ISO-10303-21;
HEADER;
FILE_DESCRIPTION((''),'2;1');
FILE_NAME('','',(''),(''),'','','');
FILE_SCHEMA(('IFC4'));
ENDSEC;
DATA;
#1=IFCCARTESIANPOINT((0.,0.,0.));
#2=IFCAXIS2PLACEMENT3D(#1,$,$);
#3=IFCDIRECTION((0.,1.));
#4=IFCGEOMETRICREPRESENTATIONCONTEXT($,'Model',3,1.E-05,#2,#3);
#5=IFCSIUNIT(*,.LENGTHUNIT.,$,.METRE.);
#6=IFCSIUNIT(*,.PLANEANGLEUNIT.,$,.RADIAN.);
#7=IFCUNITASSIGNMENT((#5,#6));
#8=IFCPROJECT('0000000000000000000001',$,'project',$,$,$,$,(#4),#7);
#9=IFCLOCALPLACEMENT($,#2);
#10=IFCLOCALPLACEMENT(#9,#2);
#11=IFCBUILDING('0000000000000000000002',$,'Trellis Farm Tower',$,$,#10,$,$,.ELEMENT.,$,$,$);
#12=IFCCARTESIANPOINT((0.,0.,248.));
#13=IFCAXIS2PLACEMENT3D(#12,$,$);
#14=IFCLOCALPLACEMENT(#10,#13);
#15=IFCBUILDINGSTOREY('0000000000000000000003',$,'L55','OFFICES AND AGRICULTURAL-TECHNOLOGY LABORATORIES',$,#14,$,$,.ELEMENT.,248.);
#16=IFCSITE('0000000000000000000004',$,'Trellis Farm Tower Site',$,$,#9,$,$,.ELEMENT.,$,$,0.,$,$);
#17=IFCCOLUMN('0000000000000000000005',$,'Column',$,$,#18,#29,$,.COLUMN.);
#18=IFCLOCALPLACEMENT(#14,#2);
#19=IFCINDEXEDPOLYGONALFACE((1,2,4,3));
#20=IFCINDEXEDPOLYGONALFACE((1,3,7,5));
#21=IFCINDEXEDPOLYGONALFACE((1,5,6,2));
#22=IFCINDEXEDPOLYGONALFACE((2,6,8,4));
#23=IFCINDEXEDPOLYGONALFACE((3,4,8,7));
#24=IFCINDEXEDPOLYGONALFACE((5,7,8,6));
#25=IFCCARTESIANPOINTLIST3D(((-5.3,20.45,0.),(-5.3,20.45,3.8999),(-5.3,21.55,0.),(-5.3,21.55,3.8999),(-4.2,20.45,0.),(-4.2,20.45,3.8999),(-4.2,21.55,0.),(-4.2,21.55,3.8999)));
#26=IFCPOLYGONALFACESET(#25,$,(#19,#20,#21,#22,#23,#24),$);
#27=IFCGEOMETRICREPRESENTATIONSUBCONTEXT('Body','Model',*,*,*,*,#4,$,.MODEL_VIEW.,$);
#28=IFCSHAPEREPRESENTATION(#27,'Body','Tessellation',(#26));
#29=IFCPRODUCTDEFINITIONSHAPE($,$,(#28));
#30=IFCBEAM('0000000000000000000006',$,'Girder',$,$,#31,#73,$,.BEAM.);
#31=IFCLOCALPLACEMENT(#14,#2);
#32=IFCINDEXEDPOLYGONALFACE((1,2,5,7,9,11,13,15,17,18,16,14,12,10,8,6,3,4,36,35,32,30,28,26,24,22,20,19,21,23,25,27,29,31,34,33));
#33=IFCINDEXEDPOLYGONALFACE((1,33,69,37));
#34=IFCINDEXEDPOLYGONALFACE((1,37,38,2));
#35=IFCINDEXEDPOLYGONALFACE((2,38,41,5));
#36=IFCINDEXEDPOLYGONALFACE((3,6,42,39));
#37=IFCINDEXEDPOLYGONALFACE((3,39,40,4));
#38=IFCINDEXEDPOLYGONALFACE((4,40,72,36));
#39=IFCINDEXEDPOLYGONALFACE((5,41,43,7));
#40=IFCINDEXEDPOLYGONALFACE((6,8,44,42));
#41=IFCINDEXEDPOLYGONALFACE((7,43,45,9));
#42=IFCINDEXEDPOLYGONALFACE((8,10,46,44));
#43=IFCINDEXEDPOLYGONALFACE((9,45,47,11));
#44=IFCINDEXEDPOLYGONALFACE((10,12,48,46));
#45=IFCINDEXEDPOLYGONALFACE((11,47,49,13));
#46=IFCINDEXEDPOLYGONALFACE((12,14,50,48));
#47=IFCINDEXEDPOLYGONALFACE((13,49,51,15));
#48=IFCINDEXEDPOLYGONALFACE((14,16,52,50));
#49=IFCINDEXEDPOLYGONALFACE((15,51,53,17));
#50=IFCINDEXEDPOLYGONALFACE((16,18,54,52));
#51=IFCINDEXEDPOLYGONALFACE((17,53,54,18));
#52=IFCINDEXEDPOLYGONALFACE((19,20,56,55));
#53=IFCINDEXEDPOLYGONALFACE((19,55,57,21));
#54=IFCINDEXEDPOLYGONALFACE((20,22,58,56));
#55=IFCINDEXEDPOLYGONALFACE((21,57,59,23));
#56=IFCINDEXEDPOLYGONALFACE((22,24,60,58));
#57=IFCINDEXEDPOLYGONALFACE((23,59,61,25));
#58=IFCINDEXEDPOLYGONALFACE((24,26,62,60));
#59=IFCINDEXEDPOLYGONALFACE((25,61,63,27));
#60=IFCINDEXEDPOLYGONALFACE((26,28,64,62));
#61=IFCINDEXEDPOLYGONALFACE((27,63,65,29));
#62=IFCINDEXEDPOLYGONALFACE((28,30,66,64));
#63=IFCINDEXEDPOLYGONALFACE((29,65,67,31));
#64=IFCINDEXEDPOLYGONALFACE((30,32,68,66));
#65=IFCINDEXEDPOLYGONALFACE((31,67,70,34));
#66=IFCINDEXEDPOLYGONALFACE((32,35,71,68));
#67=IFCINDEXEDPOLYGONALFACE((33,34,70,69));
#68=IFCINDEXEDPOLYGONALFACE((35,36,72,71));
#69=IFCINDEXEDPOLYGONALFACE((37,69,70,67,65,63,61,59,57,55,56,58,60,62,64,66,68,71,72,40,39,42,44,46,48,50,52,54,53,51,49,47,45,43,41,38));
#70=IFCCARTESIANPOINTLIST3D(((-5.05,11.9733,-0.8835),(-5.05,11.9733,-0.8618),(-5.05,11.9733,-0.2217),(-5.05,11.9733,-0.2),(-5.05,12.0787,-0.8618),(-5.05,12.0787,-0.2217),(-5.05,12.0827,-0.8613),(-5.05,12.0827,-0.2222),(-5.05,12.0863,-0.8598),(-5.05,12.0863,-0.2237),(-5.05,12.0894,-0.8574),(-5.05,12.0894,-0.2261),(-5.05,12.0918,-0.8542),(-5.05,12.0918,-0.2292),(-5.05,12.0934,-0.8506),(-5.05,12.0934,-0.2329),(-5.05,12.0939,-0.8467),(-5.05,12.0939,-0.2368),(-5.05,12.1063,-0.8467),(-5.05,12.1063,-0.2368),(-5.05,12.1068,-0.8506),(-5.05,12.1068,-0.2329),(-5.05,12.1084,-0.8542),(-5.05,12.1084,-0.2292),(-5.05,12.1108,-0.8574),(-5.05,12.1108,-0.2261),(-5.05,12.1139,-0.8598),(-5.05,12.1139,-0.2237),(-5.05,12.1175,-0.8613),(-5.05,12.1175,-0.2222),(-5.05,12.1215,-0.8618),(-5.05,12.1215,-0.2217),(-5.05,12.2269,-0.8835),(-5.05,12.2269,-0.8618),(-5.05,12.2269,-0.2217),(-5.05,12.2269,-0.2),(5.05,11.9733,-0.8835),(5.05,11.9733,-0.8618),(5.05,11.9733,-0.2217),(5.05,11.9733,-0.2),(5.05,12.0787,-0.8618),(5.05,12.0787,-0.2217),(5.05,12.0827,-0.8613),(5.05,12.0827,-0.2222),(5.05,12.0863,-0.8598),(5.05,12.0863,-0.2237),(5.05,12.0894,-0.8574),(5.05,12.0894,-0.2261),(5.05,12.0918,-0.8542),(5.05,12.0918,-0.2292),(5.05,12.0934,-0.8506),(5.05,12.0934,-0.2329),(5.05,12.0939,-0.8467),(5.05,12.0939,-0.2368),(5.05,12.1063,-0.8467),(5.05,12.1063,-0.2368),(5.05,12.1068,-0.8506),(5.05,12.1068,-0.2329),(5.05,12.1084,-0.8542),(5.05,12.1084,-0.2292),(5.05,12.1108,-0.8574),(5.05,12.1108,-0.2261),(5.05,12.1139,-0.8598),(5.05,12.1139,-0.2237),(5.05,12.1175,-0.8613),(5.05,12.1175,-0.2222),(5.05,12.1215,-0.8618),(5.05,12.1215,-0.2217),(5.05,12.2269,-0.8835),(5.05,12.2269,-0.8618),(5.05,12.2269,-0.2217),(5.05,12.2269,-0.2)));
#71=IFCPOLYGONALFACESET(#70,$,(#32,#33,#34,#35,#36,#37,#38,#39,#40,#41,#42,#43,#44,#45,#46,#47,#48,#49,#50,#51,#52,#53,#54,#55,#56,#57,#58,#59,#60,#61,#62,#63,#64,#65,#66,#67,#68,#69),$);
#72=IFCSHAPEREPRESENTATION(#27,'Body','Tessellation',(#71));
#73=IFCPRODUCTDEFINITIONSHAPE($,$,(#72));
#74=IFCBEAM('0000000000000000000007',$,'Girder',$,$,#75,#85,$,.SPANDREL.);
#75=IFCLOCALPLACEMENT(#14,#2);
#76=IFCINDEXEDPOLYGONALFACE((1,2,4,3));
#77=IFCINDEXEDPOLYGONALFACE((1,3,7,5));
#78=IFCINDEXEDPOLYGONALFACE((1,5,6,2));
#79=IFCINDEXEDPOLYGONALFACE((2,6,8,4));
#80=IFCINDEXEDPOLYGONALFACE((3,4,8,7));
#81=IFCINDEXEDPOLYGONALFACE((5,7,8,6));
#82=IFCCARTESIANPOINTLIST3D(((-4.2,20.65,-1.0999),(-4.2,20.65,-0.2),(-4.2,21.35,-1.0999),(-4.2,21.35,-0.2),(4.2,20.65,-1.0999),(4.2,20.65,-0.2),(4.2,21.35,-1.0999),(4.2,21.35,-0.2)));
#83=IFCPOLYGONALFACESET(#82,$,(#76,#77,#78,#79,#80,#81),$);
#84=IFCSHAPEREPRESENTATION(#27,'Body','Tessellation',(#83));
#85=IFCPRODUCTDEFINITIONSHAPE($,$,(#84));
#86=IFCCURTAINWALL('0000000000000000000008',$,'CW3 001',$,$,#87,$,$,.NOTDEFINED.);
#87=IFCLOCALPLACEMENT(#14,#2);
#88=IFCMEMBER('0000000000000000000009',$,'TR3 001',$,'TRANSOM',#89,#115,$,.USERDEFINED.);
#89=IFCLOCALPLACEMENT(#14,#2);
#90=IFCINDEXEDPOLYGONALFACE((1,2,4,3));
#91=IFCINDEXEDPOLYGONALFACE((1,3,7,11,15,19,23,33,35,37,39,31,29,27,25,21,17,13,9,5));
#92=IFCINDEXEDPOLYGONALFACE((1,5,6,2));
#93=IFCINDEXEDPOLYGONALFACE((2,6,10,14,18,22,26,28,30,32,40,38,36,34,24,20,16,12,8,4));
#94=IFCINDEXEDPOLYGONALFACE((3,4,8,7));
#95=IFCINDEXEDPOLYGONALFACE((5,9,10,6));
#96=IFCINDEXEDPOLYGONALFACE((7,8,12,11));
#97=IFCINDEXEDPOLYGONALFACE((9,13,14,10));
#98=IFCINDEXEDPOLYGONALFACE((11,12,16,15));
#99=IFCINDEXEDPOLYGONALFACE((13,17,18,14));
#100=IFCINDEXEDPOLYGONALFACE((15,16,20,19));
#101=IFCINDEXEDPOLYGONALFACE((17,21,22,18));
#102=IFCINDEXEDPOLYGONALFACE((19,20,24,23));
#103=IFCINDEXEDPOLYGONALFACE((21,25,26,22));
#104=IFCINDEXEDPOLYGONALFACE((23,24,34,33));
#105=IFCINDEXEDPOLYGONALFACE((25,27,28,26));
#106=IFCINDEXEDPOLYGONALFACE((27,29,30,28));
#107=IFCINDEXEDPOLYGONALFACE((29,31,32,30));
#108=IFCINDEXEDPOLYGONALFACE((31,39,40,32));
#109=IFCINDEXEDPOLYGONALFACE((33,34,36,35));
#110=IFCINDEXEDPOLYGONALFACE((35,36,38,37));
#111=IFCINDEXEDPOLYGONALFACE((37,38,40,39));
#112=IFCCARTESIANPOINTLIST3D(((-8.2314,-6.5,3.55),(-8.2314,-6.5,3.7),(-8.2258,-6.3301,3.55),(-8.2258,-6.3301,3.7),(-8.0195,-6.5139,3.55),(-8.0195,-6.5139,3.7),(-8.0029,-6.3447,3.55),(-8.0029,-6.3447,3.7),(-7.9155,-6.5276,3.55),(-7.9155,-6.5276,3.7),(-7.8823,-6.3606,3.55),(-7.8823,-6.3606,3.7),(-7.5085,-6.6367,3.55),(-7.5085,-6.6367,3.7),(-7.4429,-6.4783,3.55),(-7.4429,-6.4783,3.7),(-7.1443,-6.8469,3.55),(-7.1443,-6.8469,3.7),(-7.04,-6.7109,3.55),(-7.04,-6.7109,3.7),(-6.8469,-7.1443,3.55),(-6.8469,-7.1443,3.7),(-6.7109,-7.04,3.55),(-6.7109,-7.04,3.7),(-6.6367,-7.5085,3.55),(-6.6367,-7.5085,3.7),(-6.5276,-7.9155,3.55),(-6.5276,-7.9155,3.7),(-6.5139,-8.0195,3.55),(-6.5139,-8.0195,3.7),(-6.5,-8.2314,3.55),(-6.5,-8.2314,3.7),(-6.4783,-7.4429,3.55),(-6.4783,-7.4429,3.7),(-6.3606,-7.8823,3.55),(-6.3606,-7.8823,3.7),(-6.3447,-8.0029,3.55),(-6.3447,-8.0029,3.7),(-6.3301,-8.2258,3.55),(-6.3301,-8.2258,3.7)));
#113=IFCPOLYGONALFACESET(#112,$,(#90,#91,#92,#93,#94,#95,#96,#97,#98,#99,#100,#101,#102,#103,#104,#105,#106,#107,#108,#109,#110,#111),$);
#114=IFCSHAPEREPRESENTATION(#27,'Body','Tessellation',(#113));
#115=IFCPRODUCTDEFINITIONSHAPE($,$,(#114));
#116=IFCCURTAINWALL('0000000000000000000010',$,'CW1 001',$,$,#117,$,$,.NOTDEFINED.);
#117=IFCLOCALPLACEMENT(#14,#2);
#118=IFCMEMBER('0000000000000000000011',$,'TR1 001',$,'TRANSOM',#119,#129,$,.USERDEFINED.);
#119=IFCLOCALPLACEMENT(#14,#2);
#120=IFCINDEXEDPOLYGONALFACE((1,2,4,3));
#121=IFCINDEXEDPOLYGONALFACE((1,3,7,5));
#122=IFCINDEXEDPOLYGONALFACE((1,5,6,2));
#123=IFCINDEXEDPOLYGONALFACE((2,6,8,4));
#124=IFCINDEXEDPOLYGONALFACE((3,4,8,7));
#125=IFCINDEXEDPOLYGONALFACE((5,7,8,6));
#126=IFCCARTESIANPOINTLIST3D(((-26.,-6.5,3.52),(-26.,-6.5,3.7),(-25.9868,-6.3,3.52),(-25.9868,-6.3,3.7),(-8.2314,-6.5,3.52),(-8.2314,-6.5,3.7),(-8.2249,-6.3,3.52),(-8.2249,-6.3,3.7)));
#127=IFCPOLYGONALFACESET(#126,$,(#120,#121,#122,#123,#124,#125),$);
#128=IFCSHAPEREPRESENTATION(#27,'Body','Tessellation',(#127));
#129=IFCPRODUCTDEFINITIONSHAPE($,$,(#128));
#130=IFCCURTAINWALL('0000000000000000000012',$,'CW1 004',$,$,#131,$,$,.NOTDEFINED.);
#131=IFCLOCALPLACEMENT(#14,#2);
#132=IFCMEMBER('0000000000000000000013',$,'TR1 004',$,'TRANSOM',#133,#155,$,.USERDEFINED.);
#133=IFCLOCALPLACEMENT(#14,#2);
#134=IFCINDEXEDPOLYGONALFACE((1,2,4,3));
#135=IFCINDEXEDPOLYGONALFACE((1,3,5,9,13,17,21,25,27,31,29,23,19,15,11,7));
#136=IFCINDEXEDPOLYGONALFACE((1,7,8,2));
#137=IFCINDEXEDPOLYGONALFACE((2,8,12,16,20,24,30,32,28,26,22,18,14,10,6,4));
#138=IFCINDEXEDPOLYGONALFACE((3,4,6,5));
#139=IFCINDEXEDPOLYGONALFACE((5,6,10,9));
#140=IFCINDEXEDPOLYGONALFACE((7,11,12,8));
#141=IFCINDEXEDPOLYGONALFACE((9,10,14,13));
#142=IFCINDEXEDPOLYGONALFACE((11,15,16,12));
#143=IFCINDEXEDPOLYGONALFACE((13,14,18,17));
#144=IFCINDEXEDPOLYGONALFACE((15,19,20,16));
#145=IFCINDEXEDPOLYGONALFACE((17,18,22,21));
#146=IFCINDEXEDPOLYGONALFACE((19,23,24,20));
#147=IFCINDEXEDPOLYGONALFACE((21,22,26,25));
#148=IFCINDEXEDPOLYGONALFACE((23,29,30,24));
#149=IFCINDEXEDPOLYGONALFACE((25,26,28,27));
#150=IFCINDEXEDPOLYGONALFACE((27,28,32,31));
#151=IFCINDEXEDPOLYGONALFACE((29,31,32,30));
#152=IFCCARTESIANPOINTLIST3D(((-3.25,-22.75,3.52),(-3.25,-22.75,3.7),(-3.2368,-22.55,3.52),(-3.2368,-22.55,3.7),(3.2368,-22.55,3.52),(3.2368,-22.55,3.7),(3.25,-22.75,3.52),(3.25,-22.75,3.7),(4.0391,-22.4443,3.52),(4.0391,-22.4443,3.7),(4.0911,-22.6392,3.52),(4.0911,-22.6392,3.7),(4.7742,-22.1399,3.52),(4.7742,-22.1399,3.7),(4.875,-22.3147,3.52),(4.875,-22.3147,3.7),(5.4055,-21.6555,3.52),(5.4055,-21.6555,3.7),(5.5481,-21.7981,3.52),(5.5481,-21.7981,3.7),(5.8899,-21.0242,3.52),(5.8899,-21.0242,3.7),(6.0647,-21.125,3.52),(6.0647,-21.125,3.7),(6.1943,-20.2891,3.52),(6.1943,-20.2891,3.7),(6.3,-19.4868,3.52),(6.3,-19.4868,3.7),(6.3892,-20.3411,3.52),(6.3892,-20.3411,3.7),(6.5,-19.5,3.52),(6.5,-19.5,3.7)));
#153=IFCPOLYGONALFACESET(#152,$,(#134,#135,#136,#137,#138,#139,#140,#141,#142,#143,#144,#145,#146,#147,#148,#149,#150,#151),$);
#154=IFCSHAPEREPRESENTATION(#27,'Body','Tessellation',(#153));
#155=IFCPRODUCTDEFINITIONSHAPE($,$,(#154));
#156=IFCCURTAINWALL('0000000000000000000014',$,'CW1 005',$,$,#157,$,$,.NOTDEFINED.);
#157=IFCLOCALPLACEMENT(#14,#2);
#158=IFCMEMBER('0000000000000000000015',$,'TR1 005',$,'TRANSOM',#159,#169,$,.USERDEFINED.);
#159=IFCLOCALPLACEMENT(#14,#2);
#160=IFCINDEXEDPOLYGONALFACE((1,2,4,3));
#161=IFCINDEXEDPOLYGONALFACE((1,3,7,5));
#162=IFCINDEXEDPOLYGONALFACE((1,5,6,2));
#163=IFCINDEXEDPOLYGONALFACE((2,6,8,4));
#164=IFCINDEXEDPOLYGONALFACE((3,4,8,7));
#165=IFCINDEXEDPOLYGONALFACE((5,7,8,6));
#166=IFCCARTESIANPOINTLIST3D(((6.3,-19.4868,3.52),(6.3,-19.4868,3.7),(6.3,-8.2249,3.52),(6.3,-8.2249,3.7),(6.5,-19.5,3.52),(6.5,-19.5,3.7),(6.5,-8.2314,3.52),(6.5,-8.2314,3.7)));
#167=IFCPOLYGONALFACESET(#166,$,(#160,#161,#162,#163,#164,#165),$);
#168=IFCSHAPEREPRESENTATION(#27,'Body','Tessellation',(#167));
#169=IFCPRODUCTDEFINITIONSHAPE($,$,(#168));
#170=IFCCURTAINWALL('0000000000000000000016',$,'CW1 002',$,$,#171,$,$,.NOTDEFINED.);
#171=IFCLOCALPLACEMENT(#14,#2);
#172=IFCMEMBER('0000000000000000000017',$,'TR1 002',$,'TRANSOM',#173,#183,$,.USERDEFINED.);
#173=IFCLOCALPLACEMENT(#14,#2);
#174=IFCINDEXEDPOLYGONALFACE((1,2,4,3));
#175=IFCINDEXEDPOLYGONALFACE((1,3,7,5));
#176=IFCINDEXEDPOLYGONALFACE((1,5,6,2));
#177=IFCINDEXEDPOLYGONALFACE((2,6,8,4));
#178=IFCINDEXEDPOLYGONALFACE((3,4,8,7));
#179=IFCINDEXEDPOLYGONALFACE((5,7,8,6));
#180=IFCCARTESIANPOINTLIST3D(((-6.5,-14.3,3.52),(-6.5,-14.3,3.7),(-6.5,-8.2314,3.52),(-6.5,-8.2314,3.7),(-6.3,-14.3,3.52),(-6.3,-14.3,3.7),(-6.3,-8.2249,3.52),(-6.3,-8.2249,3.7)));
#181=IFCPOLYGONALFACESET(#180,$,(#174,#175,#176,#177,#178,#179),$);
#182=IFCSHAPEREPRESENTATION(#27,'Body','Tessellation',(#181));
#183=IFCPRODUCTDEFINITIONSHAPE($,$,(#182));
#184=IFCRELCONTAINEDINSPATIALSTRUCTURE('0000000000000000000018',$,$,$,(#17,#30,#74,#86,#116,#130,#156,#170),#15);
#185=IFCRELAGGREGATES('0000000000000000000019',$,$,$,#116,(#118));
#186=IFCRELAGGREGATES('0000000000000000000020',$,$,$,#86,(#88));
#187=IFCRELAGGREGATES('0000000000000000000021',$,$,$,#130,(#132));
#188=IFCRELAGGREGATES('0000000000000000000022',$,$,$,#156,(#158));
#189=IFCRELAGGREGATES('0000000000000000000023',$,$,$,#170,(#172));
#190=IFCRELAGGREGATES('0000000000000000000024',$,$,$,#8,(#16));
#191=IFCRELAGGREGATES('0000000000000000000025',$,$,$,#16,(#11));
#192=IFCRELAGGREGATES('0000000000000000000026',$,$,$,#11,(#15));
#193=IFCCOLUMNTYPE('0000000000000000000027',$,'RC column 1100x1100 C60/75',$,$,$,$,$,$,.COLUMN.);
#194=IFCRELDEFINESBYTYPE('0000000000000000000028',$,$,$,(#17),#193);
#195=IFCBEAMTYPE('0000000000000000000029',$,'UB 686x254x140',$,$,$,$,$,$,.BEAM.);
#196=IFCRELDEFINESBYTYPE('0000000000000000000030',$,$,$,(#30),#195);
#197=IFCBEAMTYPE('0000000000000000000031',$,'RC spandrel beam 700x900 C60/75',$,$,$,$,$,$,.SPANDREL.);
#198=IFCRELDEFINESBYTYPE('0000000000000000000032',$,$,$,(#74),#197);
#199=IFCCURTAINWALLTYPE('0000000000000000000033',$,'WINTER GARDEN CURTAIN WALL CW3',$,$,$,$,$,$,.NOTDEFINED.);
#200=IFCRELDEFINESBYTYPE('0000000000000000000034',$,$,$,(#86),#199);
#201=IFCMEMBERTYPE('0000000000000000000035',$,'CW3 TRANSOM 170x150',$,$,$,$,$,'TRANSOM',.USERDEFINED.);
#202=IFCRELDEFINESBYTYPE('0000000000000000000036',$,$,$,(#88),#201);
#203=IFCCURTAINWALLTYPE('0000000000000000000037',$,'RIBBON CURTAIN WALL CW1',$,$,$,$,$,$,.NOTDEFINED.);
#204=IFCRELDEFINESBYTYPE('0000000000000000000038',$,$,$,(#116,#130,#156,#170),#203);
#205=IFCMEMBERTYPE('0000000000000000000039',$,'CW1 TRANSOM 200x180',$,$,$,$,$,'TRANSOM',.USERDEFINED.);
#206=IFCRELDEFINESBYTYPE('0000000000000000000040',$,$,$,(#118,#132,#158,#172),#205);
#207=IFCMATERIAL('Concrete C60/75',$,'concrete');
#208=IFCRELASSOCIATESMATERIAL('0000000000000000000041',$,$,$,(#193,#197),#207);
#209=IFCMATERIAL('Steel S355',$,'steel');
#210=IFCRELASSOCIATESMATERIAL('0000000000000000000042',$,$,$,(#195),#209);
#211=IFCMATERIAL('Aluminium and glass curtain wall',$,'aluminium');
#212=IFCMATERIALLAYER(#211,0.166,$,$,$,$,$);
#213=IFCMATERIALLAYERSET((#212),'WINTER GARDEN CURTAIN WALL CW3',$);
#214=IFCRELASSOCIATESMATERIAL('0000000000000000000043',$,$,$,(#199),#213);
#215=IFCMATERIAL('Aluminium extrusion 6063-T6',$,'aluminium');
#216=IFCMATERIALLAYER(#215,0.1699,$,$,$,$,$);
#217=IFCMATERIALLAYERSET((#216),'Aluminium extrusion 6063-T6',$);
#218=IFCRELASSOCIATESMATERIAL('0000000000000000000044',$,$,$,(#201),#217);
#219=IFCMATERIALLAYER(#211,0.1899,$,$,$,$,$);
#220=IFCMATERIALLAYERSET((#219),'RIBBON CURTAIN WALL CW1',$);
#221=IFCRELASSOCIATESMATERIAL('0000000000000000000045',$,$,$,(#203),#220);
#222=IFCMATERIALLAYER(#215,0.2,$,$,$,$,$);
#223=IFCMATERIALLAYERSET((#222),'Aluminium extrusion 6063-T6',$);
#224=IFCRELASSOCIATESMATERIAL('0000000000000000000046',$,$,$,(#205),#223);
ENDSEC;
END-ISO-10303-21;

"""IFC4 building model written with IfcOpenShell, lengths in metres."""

from ifc_helpers import new_model, si_unit, direction, frame, origin, origin_2d, place, context, subcontext, project, spatial, polyline, rectangle, i_section, outline, extrude, source, transform, mapped, material, layer, layer_set, material_profile, profile_set, type_object, element, aggregate, save


model = new_model("IFC4")

# Units and contexts
model_context = context("Model", 3, precision=1e-05, world=origin(), true_north=direction((0.0, 1.0)))
body_context = subcontext(model_context, "Body", "Model", "MODEL_VIEW")
ifc_project = project(units=[si_unit("LENGTHUNIT", "METRE"), si_unit("PLANEANGLEUNIT", "RADIAN")], contexts=[model_context])

# Site, building, storey
site_placement = place(None, origin())
site = spatial("IfcSite", under=ifc_project, at=site_placement, Name="Trellis Farm Tower Site", CompositionType="ELEMENT", RefElevation=0.0)
building_placement = place(site_placement, origin())
building = spatial("IfcBuilding", under=site, at=building_placement, Name="Trellis Farm Tower", CompositionType="ELEMENT")
storey_placement = place(building_placement, frame((0.0, 0.0, 248.0)))
storey = spatial("IfcBuildingStorey", under=building, at=storey_placement, Name="L55", Description="OFFICES AND AGRICULTURAL-TECHNOLOGY LABORATORIES", CompositionType="ELEMENT", Elevation=248.0)

# Column
ifc_material_1 = material(Name="Concrete C60/75", Category="concrete")
ifc_material_profile_1 = material_profile(ifc_material_1, rectangle(XDim=1.1001, YDim=1.1001, at=origin_2d()), Name="RC column 1100x1100 C60/75")
ifc_profile_set_1 = profile_set([ifc_material_profile_1], Name="Concrete C60/75")
column_type = type_object("IfcColumnType", Name="RC column 1100x1100 C60/75", PredefinedType="COLUMN", material=ifc_profile_set_1)
shared_shape_1 = source(origin(), body_context, "Body", "SweptSolid", [
    extrude(rectangle(XDim=1.1001, YDim=1.1001, at=origin_2d()), origin(), (0.0, 0.0, 1.0), 3.8999),
])
column_placement = place(storey_placement, frame((-4.75, 21.0, 0.0), z_axis=(0.0, 0.0, 1.0), x_axis=(1.0, 0.0, 0.0)))
element("IfcColumn", 1, at=column_placement, inside=storey, type_object=column_type, Name="Column", PredefinedType="COLUMN", context=body_context, shape_type="MappedRepresentation", body=[
    mapped(shared_shape_1, transform((0.0, 0.0, 0.0))),
])

# Beams
ifc_material_2 = material(Name="Steel S355", Category="steel")
ifc_material_profile_2 = material_profile(ifc_material_2, i_section(OverallWidth=0.2537, OverallDepth=0.6836, WebThickness=0.0125, FlangeThickness=0.0217, FilletRadius=0.0151, at=origin_2d()), Name="UB 686x254x140")
ifc_profile_set_2 = profile_set([ifc_material_profile_2], Name="Steel S355")
beam_type_1 = type_object("IfcBeamType", Name="UB 686x254x140", PredefinedType="BEAM", material=ifc_profile_set_2)
shared_shape_2 = source(origin(), body_context, "Body", "SweptSolid", [
    extrude(i_section(OverallWidth=0.2537, OverallDepth=0.6836, WebThickness=0.0125, FlangeThickness=0.0217, FilletRadius=0.0151, at=origin_2d()), origin(), (0.0, 0.0, 1.0), 10.1001),
])
beam_1_placement = place(storey_placement, frame((-5.05, 12.1001, -0.5417), z_axis=(1.0, 0.0, 0.0), x_axis=(0.0, 1.0, 0.0)))
element("IfcBeam", 2, at=beam_1_placement, inside=storey, type_object=beam_type_1, Name="Girder", PredefinedType="BEAM", context=body_context, shape_type="MappedRepresentation", body=[
    mapped(shared_shape_2, transform((0.0, 0.0, 0.0))),
])
ifc_material_profile_3 = material_profile(ifc_material_1, rectangle(XDim=0.7, YDim=0.8999, at=origin_2d()), Name="RC spandrel beam 700x900 C60/75")
ifc_profile_set_3 = profile_set([ifc_material_profile_3], Name="Concrete C60/75")
beam_type_2 = type_object("IfcBeamType", Name="RC spandrel beam 700x900 C60/75", PredefinedType="SPANDREL", material=ifc_profile_set_3)
shared_shape_3 = source(origin(), body_context, "Body", "SweptSolid", [
    extrude(rectangle(XDim=0.7, YDim=0.8999, at=origin_2d()), origin(), (0.0, 0.0, 1.0), 8.3999),
])
beam_2_placement = place(storey_placement, frame((-4.2, 21.0, -0.6499), z_axis=(1.0, 0.0, 0.0), x_axis=(0.0, 1.0, 0.0)))
element("IfcBeam", 3, at=beam_2_placement, inside=storey, type_object=beam_type_2, Name="Girder", PredefinedType="SPANDREL", context=body_context, shape_type="MappedRepresentation", body=[
    mapped(shared_shape_3, transform((0.0, 0.0, 0.0))),
])

# Curtain walls, members
ifc_material_3 = material(Name="Aluminium and glass curtain wall", Category="aluminium")
ifc_layer_1 = layer(ifc_material_3, 0.166)
ifc_layer_set_1 = layer_set([ifc_layer_1], Name="WINTER GARDEN CURTAIN WALL CW3")
curtain_wall_type_1 = type_object("IfcCurtainWallType", Name="WINTER GARDEN CURTAIN WALL CW3", PredefinedType="NOTDEFINED", material=ifc_layer_set_1)
placement_1 = place(storey_placement, origin())
curtain_wall_1 = element("IfcCurtainWall", 4, at=placement_1, inside=storey, type_object=curtain_wall_type_1, Name="CW3 001", PredefinedType="NOTDEFINED")
ifc_material_4 = material(Name="Aluminium extrusion 6063-T6", Category="aluminium")
ifc_layer_2 = layer(ifc_material_4, 0.1699)
ifc_layer_set_2 = layer_set([ifc_layer_2], Name="Aluminium extrusion 6063-T6")
member_type_1 = type_object("IfcMemberType", Name="CW3 TRANSOM 170x150", ElementType="TRANSOM", PredefinedType="USERDEFINED", material=ifc_layer_set_2)
shared_shape_4 = source(origin(), body_context, "Body", "SweptSolid", [
    extrude(outline(polyline([(-8.2314, -6.5), (-8.0195, -6.5139), (-7.9155, -6.5276), (-7.5085, -6.6367), (-7.1443, -6.8469), (-6.8469, -7.1443), (-6.6367, -7.5085), (-6.5276, -7.9155), (-6.5139, -8.0195), (-6.5, -8.2314), (-6.3301, -8.2258), (-6.3447, -8.0029), (-6.3606, -7.8823), (-6.4783, -7.4429), (-6.7109, -7.04), (-7.04, -6.7109), (-7.4429, -6.4783), (-7.8823, -6.3606), (-8.0029, -6.3447), (-8.2258, -6.3301), (-8.2314, -6.5)])), origin(), (0.0, 0.0, 1.0), 0.1499),
])
member_1_placement = place(storey_placement, frame((0.0, 0.0, 3.55)))
member_1 = element("IfcMember", 5, at=member_1_placement, type_object=member_type_1, Name="TR3 001", ObjectType="TRANSOM", PredefinedType="USERDEFINED", context=body_context, shape_type="MappedRepresentation", body=[
    mapped(shared_shape_4, transform((0.0, 0.0, 0.0))),
])
ifc_layer_3 = layer(ifc_material_3, 0.1899)
ifc_layer_set_3 = layer_set([ifc_layer_3], Name="RIBBON CURTAIN WALL CW1")
curtain_wall_type_2 = type_object("IfcCurtainWallType", Name="RIBBON CURTAIN WALL CW1", PredefinedType="NOTDEFINED", material=ifc_layer_set_3)
curtain_wall_2 = element("IfcCurtainWall", 6, at=placement_1, inside=storey, type_object=curtain_wall_type_2, Name="CW1 001", PredefinedType="NOTDEFINED")
ifc_layer_4 = layer(ifc_material_4, 0.2)
ifc_layer_set_4 = layer_set([ifc_layer_4], Name="Aluminium extrusion 6063-T6")
member_type_2 = type_object("IfcMemberType", Name="CW1 TRANSOM 200x180", ElementType="TRANSOM", PredefinedType="USERDEFINED", material=ifc_layer_set_4)
shared_shape_5 = source(origin(), body_context, "Body", "SweptSolid", [
    extrude(outline(polyline([(-26.0, -6.5), (-8.2314, -6.5), (-8.2249, -6.3), (-25.9868, -6.3), (-26.0, -6.5)])), origin(), (0.0, 0.0, 1.0), 0.1799),
])
placement_2 = place(storey_placement, frame((0.0, 0.0, 3.52)))
member_2 = element("IfcMember", 7, at=placement_2, type_object=member_type_2, Name="TR1 001", ObjectType="TRANSOM", PredefinedType="USERDEFINED", context=body_context, shape_type="MappedRepresentation", body=[
    mapped(shared_shape_5, transform((0.0, 0.0, 0.0))),
])
aggregate(curtain_wall_2, [member_2])
curtain_wall_3 = element("IfcCurtainWall", 8, at=placement_1, inside=storey, type_object=curtain_wall_type_2, Name="CW1 004", PredefinedType="NOTDEFINED")
shared_shape_6 = source(origin(), body_context, "Body", "SweptSolid", [
    extrude(outline(polyline([(-3.25, -22.75), (3.25, -22.75), (4.0911, -22.6392), (4.875, -22.3147), (5.5481, -21.7981), (6.0647, -21.125), (6.3892, -20.3411), (6.5, -19.5), (6.3, -19.4868), (6.1943, -20.2891), (5.8899, -21.0242), (5.4055, -21.6555), (4.7742, -22.1399), (4.0391, -22.4443), (3.2368, -22.55), (-3.2368, -22.55), (-3.25, -22.75)])), origin(), (0.0, 0.0, 1.0), 0.1799),
])
member_3 = element("IfcMember", 9, at=placement_2, type_object=member_type_2, Name="TR1 004", ObjectType="TRANSOM", PredefinedType="USERDEFINED", context=body_context, shape_type="MappedRepresentation", body=[
    mapped(shared_shape_6, transform((0.0, 0.0, 0.0))),
])
curtain_wall_4 = element("IfcCurtainWall", 10, at=placement_1, inside=storey, type_object=curtain_wall_type_2, Name="CW1 005", PredefinedType="NOTDEFINED")
shared_shape_7 = source(origin(), body_context, "Body", "SweptSolid", [
    extrude(outline(polyline([(6.5, -19.5), (6.5, -8.2314), (6.3, -8.2249), (6.3, -19.4868), (6.5, -19.5)])), origin(), (0.0, 0.0, 1.0), 0.1799),
])
member_4 = element("IfcMember", 11, at=placement_2, type_object=member_type_2, Name="TR1 005", ObjectType="TRANSOM", PredefinedType="USERDEFINED", context=body_context, shape_type="MappedRepresentation", body=[
    mapped(shared_shape_7, transform((0.0, 0.0, 0.0))),
])
curtain_wall_5 = element("IfcCurtainWall", 12, at=placement_1, inside=storey, type_object=curtain_wall_type_2, Name="CW1 002", PredefinedType="NOTDEFINED")
shared_shape_8 = source(origin(), body_context, "Body", "SweptSolid", [
    extrude(outline(polyline([(-6.5, -8.2314), (-6.5, -14.3), (-6.3, -14.3), (-6.3, -8.2249), (-6.5, -8.2314)])), origin(), (0.0, 0.0, 1.0), 0.1799),
])
member_5 = element("IfcMember", 13, at=placement_2, type_object=member_type_2, Name="TR1 002", ObjectType="TRANSOM", PredefinedType="USERDEFINED", context=body_context, shape_type="MappedRepresentation", body=[
    mapped(shared_shape_8, transform((0.0, 0.0, 0.0))),
])

aggregate(curtain_wall_1, [member_1])
aggregate(curtain_wall_3, [member_3])
aggregate(curtain_wall_4, [member_4])
aggregate(curtain_wall_5, [member_5])

save(model, "model.ifc")
